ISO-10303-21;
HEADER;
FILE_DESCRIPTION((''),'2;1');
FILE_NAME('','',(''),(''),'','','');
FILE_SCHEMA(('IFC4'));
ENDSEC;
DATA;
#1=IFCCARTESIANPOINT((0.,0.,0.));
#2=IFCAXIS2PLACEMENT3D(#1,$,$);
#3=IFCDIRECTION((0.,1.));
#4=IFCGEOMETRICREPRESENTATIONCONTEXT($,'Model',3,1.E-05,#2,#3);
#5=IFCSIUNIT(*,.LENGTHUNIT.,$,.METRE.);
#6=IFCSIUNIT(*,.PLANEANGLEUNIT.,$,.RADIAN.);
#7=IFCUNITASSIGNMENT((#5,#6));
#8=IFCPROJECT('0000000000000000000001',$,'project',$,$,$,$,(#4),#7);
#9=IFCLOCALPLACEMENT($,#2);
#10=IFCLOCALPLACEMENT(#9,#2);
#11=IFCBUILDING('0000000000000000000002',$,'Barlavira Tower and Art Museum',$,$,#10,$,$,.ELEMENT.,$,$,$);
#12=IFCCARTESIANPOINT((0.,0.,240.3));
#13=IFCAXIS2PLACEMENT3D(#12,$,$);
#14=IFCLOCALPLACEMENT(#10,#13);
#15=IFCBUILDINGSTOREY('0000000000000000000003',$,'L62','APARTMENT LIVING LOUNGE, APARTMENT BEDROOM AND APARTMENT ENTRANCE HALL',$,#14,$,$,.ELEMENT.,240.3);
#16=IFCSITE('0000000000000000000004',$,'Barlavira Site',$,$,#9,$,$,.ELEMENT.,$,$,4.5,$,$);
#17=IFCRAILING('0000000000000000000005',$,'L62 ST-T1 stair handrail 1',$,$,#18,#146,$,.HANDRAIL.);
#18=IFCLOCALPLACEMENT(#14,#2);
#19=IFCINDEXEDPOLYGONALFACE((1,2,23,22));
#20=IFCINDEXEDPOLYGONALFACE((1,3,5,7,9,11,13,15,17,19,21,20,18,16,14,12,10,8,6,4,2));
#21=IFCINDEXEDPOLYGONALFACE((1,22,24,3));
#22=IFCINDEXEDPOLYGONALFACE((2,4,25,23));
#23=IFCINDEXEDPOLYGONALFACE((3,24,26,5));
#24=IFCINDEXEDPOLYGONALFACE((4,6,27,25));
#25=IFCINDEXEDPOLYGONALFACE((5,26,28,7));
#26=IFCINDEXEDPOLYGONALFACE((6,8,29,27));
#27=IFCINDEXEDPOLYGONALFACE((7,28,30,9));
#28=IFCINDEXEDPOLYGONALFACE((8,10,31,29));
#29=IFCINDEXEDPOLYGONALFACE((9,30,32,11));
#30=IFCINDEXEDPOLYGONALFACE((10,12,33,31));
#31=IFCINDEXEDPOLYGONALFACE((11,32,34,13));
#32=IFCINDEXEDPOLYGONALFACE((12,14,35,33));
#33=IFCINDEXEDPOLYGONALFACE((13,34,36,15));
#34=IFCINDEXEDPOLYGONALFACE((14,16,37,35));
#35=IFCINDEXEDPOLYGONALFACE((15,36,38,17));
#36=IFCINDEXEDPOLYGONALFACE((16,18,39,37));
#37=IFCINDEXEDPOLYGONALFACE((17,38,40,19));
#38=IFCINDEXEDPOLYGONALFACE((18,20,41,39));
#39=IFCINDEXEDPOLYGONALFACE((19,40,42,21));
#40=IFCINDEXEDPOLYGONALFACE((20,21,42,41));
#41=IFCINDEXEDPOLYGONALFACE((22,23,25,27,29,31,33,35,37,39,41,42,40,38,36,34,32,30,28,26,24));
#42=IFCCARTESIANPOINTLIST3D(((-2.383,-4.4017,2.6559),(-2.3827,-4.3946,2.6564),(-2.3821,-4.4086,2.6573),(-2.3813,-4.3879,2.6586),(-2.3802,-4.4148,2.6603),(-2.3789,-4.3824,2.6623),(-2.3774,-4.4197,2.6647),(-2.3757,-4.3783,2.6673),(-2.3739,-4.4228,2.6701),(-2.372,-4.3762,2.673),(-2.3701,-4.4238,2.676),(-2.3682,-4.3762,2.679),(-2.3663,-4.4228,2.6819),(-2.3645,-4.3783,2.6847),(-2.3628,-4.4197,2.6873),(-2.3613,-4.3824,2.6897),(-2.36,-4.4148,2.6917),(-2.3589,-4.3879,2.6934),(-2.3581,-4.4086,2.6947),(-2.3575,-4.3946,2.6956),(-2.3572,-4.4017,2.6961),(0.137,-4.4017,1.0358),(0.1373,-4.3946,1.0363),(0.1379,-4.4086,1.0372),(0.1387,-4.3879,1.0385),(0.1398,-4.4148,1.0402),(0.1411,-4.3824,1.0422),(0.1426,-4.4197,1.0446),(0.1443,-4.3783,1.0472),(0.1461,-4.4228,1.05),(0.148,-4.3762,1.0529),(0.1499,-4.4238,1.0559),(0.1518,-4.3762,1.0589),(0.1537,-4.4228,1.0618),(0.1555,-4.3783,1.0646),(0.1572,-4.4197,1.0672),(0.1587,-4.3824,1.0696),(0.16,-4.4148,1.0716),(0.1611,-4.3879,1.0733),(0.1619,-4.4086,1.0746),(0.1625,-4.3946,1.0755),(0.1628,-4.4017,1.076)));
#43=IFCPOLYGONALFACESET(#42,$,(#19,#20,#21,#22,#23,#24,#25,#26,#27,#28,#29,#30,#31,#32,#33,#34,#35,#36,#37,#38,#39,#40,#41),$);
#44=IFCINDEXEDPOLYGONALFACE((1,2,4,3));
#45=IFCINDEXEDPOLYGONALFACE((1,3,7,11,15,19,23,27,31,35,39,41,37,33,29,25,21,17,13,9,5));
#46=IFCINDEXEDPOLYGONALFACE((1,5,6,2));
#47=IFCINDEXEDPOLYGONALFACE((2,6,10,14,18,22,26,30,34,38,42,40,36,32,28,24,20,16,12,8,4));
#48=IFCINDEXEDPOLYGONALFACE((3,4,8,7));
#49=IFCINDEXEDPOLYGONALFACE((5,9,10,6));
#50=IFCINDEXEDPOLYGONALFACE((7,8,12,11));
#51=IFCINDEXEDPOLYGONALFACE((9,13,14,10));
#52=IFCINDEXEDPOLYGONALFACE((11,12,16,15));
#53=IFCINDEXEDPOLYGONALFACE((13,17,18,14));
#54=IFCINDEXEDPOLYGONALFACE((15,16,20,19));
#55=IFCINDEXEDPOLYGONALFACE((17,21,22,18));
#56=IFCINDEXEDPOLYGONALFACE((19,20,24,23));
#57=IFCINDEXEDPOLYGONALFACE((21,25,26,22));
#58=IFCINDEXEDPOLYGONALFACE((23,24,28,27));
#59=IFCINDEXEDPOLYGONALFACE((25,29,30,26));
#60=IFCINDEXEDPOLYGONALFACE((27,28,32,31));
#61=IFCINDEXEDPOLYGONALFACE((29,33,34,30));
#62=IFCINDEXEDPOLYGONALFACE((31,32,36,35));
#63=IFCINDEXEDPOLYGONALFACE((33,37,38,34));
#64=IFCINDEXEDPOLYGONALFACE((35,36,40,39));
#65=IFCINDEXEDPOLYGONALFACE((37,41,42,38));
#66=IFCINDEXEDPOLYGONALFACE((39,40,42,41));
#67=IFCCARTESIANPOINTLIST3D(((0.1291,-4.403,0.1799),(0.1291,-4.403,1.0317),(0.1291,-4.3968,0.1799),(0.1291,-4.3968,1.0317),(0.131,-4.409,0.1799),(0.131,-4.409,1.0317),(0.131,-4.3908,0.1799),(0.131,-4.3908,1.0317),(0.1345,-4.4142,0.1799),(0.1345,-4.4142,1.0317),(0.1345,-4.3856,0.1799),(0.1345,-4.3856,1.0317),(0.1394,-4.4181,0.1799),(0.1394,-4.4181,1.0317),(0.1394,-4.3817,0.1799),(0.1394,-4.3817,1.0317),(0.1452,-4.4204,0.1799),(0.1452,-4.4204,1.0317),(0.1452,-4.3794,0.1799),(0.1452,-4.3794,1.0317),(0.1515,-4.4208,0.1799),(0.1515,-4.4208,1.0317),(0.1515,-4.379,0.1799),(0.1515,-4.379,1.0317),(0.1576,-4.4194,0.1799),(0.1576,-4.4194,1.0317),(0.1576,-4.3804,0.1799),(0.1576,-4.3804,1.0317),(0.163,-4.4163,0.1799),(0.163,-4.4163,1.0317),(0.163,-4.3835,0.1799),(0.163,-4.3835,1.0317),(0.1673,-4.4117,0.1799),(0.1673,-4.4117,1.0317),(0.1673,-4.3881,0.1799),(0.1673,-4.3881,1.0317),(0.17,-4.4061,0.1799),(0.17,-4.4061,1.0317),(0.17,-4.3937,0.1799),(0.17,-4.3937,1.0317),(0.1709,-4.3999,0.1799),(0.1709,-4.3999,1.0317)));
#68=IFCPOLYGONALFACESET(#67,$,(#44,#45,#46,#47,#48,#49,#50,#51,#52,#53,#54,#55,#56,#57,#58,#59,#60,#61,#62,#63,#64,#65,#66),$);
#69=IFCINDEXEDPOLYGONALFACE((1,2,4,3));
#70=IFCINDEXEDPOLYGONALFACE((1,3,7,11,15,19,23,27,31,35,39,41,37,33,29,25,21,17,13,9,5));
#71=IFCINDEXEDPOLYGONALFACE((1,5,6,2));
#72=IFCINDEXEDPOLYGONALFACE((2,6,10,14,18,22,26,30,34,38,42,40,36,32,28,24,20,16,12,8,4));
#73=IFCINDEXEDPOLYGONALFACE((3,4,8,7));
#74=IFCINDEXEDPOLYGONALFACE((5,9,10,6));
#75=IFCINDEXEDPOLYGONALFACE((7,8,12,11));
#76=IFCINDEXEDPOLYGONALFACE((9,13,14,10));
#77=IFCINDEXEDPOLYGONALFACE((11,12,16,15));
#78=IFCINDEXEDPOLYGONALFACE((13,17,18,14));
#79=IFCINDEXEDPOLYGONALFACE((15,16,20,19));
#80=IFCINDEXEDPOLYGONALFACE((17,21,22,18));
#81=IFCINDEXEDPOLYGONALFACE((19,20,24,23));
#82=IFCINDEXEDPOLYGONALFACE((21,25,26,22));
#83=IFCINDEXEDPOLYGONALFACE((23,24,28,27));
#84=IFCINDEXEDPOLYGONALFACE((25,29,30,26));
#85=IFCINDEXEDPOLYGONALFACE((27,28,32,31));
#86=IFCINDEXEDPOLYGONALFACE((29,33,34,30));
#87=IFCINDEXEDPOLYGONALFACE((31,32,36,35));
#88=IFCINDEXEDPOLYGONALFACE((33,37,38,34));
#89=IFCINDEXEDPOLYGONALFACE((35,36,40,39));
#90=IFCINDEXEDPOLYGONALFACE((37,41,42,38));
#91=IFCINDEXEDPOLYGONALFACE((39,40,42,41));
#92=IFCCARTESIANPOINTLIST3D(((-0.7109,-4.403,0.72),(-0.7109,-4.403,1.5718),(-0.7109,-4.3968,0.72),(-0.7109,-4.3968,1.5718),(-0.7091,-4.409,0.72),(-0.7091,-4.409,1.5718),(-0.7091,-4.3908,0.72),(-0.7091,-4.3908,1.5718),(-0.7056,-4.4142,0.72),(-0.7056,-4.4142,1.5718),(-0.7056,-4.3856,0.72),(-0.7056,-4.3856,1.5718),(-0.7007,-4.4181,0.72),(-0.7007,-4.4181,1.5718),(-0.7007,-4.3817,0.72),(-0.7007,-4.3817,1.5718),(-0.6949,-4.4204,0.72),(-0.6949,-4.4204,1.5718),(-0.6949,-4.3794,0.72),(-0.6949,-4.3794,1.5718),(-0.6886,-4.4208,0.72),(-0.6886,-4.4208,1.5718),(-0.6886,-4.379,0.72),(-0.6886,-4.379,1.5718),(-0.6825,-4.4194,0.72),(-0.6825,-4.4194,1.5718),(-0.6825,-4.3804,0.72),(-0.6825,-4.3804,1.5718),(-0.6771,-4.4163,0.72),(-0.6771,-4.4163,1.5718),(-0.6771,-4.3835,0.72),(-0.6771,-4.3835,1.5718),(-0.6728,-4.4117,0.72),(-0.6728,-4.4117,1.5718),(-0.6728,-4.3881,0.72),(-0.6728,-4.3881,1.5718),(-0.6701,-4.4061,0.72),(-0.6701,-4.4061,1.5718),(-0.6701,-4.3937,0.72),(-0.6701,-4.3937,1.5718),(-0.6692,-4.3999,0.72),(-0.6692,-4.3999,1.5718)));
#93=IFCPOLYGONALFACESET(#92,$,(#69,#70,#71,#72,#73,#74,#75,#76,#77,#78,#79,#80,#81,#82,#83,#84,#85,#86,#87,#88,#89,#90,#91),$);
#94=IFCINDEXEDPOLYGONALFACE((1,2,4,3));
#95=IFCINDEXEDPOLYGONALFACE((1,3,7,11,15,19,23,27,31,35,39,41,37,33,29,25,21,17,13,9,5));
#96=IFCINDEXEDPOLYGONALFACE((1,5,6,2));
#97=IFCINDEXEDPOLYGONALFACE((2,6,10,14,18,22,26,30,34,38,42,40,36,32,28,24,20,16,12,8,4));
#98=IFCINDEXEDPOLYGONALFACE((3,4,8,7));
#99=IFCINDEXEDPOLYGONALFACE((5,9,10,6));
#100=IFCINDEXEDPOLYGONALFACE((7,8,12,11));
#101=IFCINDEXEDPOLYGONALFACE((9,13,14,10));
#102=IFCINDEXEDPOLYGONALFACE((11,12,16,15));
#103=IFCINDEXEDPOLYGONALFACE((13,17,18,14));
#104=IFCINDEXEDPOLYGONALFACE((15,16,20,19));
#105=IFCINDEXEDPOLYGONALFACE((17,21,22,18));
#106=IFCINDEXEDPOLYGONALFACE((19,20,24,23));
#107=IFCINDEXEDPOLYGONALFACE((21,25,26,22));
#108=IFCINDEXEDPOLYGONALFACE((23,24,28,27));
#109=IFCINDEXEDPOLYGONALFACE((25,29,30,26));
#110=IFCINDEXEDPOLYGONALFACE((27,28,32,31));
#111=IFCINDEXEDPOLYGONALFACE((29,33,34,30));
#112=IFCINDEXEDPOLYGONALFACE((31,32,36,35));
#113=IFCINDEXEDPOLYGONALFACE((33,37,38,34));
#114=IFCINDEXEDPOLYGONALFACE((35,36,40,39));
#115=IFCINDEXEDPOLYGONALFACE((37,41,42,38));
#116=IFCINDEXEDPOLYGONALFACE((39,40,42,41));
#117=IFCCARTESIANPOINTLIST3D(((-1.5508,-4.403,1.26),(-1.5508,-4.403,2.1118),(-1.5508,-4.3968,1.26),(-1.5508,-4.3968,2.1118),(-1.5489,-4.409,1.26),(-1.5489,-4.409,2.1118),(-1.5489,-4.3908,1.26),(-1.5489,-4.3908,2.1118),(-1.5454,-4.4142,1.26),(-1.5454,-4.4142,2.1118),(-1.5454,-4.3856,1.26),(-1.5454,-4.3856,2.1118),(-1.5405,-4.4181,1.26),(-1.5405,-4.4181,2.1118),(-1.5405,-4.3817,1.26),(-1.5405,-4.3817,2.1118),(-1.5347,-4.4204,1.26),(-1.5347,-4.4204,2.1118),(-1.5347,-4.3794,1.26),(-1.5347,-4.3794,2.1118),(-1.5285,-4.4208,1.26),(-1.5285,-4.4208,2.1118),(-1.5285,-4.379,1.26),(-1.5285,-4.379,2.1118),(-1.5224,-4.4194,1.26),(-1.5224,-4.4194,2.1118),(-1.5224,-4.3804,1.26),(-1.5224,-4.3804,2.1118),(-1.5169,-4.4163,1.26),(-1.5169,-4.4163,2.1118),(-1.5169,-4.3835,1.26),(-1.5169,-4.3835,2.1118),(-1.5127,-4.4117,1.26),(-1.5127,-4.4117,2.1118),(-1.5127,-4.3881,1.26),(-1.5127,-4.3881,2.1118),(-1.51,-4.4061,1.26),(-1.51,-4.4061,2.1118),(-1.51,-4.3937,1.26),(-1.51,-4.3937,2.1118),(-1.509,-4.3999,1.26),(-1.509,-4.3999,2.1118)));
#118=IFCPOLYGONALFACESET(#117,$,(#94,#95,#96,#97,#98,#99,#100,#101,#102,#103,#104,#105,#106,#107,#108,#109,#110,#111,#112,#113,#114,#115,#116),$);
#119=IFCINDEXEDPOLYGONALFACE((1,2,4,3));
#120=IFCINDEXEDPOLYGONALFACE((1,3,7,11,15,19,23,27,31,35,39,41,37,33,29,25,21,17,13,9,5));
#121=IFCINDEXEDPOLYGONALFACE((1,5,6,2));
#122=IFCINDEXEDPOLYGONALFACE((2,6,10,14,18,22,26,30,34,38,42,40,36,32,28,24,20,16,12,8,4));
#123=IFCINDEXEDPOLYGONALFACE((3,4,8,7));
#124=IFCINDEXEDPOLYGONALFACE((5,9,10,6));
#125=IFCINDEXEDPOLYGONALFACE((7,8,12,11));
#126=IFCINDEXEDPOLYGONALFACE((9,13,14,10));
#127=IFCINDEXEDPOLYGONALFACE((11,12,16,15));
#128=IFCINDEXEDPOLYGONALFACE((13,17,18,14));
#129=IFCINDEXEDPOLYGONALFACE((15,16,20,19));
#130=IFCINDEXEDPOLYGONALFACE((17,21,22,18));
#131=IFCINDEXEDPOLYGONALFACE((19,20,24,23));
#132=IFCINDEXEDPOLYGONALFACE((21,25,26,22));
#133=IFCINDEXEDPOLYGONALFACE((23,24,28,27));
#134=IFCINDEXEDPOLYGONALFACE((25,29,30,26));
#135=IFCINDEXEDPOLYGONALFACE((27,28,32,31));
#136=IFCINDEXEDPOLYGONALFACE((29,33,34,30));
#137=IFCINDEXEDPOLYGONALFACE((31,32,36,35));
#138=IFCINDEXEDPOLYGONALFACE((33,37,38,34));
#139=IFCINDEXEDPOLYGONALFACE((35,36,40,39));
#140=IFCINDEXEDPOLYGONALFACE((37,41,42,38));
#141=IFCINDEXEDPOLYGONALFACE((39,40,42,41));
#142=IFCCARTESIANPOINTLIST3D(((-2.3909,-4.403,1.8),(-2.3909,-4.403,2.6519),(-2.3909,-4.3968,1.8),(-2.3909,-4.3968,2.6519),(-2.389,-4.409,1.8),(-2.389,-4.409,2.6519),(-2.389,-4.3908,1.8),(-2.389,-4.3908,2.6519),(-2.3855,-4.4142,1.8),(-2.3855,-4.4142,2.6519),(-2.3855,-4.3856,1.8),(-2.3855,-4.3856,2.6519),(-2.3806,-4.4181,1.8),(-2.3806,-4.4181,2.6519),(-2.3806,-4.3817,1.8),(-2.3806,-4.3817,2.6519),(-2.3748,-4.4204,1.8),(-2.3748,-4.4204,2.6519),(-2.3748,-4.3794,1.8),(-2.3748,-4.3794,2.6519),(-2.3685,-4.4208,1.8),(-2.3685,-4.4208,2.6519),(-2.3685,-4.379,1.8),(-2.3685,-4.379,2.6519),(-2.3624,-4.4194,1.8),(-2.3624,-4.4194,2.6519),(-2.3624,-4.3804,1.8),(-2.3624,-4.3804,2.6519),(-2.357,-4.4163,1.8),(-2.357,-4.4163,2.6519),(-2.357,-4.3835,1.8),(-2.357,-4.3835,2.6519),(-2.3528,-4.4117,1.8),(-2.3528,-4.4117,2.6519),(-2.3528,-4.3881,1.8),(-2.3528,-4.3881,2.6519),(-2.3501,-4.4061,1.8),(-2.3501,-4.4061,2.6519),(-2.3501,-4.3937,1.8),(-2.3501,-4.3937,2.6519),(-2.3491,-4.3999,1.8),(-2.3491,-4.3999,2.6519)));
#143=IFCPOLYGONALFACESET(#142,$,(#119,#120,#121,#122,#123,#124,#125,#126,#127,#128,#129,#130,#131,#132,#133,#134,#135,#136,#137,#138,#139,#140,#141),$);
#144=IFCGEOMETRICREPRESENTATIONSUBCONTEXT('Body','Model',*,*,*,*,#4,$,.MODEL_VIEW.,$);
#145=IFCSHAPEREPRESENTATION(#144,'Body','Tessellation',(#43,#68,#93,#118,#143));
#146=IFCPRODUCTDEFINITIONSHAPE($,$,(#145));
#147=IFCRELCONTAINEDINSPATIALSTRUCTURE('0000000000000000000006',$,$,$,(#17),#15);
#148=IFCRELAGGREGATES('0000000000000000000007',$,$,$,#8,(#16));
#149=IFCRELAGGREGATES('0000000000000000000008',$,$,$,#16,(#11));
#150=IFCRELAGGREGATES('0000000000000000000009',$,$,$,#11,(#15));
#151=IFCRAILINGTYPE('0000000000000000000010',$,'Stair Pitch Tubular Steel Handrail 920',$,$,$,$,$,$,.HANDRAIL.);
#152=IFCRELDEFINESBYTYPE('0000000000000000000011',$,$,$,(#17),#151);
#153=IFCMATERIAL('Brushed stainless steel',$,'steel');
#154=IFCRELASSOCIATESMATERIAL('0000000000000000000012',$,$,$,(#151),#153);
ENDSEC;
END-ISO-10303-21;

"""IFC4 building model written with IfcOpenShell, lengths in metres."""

from ifc_helpers import new_model, si_unit, direction, frame, origin, origin_2d, place, context, subcontext, project, spatial, circle, extrude, material, type_object, element, save


model = new_model("IFC4")

# Units and contexts
model_context = context("Model", 3, precision=1e-05, world=origin(), true_north=direction((0.0, 1.0)))
body_context = subcontext(model_context, "Body", "Model", "MODEL_VIEW")
ifc_project = project(units=[si_unit("LENGTHUNIT", "METRE"), si_unit("PLANEANGLEUNIT", "RADIAN")], contexts=[model_context])

# Site, building, storey
site_placement = place(None, origin())
site = spatial("IfcSite", under=ifc_project, at=site_placement, Name="Barlavira Site", CompositionType="ELEMENT", RefElevation=4.5)
building_placement = place(site_placement, origin())
building = spatial("IfcBuilding", under=site, at=building_placement, Name="Barlavira Tower and Art Museum", CompositionType="ELEMENT")
storey_placement = place(building_placement, frame((0.0, 0.0, 240.3)))
storey = spatial("IfcBuildingStorey", under=building, at=storey_placement, Name="L62", Description="APARTMENT LIVING LOUNGE, APARTMENT BEDROOM AND APARTMENT ENTRANCE HALL", CompositionType="ELEMENT", Elevation=240.3)

# Shared definitions
ifc_material_1 = material(Name="Brushed stainless steel", Category="steel")

# Railing
railing_type_1 = type_object("IfcRailingType", Name="Stair Pitch Tubular Steel Handrail 920", PredefinedType="HANDRAIL", material=ifc_material_1)
railing_1_placement = place(storey_placement, frame((0.1499, -4.3999, 0.1799)))
element("IfcRailing", 1, at=railing_1_placement, inside=storey, type_object=railing_type_1, Name="L62 ST-T1 stair handrail 1", PredefinedType="HANDRAIL", context=body_context, shape_type="SweptSolid", body=[
    extrude(circle(Radius=0.0239, at=origin_2d()), frame((0.0, 0.0, 0.876), z_axis=(-0.841163, 0.0, 0.540782), x_axis=(0.0, -1.0, 0.0)), (0.0, 0.0, 1.0), 2.9958),
    extrude(circle(Radius=0.021, at=origin_2d()), origin(), (0.0, 0.0, 1.0), 0.8518),
    extrude(circle(Radius=0.021, at=origin_2d()), frame((-0.8401, 0.0, 0.54)), (0.0, 0.0, 1.0), 0.8518),
    extrude(circle(Radius=0.021, at=origin_2d()), frame((-1.6799, 0.0, 1.0801)), (0.0, 0.0, 1.0), 0.8518),
    extrude(circle(Radius=0.021, at=origin_2d()), frame((-2.52, 0.0, 1.6201)), (0.0, 0.0, 1.0), 0.8518),
])

save(model, "model.ifc")
